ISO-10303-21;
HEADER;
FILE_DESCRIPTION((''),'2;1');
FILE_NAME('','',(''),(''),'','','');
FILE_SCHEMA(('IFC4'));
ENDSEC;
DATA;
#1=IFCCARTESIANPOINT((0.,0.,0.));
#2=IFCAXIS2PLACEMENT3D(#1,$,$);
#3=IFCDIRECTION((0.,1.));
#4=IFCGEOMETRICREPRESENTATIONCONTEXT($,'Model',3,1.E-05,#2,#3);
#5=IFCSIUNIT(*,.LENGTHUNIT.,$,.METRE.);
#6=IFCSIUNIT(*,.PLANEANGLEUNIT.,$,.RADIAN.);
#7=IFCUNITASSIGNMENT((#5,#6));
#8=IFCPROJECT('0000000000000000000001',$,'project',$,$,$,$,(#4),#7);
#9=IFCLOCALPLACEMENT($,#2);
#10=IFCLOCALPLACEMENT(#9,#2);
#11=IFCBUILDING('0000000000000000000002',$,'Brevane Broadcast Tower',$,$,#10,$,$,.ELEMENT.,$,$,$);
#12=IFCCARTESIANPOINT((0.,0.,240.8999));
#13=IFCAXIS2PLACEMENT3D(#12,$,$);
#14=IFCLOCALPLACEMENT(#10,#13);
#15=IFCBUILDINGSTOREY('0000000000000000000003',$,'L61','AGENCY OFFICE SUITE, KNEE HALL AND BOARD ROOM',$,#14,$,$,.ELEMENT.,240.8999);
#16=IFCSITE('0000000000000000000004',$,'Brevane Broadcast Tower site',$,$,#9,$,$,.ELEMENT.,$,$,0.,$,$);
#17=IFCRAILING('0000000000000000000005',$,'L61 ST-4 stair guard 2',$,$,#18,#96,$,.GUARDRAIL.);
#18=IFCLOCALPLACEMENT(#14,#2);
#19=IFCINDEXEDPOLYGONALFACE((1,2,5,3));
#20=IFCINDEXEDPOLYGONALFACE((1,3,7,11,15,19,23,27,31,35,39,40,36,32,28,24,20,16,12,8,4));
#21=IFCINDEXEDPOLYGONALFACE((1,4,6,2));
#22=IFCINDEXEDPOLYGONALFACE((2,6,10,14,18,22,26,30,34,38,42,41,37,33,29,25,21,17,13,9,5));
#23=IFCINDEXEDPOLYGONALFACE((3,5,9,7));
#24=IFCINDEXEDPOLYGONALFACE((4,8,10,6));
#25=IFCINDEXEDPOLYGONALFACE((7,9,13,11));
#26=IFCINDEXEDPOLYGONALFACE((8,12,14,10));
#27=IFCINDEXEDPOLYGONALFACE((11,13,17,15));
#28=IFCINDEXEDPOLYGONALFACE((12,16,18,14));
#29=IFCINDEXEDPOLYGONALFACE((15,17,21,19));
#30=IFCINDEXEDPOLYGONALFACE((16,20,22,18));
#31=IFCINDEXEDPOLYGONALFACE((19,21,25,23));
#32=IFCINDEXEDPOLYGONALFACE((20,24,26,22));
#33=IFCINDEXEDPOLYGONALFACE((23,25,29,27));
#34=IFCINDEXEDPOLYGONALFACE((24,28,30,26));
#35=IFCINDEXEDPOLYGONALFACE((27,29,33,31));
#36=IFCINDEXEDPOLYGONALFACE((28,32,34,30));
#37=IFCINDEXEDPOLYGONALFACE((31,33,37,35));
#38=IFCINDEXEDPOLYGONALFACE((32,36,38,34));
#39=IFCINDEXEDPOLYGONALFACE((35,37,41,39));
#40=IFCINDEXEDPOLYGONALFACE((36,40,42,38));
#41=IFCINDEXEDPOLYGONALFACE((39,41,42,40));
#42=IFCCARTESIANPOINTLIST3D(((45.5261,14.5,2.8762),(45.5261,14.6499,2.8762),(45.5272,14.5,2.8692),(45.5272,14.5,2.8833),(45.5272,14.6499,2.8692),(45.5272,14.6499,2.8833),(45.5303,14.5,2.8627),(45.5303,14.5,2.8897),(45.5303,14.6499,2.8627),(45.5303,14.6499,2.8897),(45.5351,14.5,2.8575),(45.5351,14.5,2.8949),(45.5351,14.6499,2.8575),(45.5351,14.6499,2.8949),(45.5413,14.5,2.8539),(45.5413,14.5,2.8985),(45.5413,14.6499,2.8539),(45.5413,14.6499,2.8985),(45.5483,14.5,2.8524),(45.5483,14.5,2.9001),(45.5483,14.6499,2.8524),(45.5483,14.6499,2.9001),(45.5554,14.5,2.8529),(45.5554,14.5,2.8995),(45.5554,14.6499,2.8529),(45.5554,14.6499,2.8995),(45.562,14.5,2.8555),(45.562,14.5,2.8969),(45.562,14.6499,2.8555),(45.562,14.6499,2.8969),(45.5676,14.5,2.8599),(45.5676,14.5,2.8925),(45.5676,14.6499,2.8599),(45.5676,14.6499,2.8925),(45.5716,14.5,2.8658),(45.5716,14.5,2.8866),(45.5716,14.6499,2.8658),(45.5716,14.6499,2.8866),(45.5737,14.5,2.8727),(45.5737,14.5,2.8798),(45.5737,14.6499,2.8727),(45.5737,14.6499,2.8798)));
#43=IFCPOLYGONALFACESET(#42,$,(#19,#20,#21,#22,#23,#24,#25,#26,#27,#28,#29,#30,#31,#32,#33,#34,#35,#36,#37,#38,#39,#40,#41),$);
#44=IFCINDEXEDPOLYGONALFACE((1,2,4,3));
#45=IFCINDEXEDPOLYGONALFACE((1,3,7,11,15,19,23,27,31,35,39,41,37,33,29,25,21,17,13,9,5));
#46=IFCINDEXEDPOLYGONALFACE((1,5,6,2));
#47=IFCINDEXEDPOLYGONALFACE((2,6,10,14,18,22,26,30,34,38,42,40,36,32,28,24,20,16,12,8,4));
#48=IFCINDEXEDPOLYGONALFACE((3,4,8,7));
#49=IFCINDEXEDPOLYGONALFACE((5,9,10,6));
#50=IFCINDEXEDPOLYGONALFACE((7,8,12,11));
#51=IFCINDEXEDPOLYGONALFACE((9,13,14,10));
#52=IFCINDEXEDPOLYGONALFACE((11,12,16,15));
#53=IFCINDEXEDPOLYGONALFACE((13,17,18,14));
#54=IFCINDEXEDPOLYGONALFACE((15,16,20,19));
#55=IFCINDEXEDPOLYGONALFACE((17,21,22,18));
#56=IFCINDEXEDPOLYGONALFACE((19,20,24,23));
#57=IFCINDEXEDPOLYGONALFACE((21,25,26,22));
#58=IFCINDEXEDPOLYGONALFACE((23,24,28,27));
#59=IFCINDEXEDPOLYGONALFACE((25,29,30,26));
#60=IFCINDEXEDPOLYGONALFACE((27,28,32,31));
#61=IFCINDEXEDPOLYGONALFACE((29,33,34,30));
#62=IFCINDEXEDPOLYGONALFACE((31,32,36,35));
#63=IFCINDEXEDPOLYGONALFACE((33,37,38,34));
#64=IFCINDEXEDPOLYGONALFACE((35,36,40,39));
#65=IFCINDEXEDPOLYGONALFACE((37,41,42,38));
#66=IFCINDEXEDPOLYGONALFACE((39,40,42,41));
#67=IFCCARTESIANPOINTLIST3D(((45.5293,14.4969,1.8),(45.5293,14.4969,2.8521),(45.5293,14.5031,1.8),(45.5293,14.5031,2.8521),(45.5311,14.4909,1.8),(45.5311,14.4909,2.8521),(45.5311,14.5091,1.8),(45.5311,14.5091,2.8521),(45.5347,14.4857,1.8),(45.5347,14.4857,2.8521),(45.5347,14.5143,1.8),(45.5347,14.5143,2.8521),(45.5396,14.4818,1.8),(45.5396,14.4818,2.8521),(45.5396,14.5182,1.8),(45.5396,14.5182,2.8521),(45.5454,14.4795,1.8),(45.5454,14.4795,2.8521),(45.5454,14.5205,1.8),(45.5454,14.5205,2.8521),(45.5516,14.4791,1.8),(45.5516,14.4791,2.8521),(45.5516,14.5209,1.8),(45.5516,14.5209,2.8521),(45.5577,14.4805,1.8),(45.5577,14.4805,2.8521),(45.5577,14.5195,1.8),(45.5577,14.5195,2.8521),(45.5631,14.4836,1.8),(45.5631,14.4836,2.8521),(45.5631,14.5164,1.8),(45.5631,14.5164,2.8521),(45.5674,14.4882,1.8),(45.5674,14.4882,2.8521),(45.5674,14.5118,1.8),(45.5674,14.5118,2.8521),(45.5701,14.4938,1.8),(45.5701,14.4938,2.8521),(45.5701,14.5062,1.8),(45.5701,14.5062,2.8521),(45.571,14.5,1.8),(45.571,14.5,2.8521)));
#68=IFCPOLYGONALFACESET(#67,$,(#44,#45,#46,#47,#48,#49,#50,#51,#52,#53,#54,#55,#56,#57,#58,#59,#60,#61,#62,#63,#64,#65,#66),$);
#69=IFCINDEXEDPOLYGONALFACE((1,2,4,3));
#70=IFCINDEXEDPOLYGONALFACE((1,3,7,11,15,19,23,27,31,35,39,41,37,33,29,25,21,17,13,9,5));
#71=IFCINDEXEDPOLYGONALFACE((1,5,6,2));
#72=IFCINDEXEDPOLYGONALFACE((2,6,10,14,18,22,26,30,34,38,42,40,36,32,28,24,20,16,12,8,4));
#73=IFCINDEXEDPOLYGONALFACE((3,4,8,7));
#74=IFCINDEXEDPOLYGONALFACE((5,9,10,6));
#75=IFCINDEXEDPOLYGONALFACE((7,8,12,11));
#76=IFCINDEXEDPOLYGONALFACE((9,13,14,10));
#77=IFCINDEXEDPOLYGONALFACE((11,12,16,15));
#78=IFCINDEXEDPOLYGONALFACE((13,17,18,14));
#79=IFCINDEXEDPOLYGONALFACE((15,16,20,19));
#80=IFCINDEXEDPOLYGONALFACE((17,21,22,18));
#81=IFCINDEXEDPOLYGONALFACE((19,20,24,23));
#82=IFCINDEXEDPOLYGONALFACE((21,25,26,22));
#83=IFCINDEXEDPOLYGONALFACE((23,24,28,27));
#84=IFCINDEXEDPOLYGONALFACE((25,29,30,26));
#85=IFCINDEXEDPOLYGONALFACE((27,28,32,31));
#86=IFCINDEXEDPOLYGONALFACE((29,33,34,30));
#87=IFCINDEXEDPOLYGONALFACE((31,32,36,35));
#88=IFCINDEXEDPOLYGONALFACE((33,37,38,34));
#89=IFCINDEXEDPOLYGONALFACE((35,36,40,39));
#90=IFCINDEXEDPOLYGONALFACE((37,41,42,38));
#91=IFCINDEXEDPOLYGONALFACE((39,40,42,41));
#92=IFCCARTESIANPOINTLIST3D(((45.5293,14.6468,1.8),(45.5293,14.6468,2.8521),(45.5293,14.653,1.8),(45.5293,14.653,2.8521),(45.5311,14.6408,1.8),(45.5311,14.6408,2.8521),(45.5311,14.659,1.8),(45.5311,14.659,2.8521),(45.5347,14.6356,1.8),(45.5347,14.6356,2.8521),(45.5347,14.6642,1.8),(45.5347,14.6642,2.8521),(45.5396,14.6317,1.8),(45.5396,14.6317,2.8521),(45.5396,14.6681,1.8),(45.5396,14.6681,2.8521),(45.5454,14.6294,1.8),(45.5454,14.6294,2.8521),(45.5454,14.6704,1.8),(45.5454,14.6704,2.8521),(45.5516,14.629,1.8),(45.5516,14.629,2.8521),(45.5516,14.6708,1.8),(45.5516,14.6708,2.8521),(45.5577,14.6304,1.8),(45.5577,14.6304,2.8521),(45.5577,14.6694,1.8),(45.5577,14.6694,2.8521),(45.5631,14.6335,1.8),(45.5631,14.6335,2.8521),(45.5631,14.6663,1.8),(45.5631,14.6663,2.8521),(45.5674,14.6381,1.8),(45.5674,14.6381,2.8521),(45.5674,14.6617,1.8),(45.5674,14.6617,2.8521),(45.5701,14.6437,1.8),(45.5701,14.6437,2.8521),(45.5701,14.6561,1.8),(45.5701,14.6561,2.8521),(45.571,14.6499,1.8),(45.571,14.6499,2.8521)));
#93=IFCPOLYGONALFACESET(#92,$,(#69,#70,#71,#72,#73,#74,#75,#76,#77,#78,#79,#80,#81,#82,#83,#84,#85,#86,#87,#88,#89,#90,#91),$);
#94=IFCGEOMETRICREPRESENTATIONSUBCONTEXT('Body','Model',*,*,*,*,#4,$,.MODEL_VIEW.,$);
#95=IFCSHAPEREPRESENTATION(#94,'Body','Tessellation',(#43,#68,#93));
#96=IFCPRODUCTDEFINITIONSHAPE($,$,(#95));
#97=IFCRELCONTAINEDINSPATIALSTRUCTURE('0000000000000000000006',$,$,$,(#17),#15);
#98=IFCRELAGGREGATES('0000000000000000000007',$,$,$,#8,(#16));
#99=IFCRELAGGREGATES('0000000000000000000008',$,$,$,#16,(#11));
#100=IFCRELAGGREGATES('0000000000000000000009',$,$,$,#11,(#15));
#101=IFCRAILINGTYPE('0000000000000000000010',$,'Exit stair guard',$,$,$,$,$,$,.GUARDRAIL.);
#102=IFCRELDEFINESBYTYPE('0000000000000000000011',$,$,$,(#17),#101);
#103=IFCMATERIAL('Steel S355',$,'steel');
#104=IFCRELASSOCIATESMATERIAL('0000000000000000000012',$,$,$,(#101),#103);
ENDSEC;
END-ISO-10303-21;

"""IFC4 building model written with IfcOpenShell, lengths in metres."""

from ifc_helpers import new_model, si_unit, direction, frame, origin, origin_2d, place, context, subcontext, project, spatial, circle, extrude, material, type_object, element, save


model = new_model("IFC4")

# Units and contexts
model_context = context("Model", 3, precision=1e-05, world=origin(), true_north=direction((0.0, 1.0)))
body_context = subcontext(model_context, "Body", "Model", "MODEL_VIEW")
ifc_project = project(units=[si_unit("LENGTHUNIT", "METRE"), si_unit("PLANEANGLEUNIT", "RADIAN")], contexts=[model_context])

# Site, building, storey
site_placement = place(None, origin())
site = spatial("IfcSite", under=ifc_project, at=site_placement, Name="Brevane Broadcast Tower site", CompositionType="ELEMENT", RefElevation=0.0)
building_placement = place(site_placement, origin())
building = spatial("IfcBuilding", under=site, at=building_placement, Name="Brevane Broadcast Tower", CompositionType="ELEMENT")
storey_placement = place(building_placement, frame((0.0, 0.0, 240.8999)))
storey = spatial("IfcBuildingStorey", under=building, at=storey_placement, Name="L61", Description="AGENCY OFFICE SUITE, KNEE HALL AND BOARD ROOM", CompositionType="ELEMENT", Elevation=240.8999)

# Railing
ifc_material_1 = material(Name="Steel S355", Category="steel")
railing_type_1 = type_object("IfcRailingType", Name="Exit stair guard", PredefinedType="GUARDRAIL", material=ifc_material_1)
railing_1_placement = place(storey_placement, frame((45.55, 14.5, 1.8)))
element("IfcRailing", 1, at=railing_1_placement, inside=storey, type_object=railing_type_1, Name="L61 ST-4 stair guard 2", PredefinedType="GUARDRAIL", context=body_context, shape_type="SweptSolid", body=[
    extrude(circle(Radius=0.0239, at=origin_2d()), frame((0.0, 0.0, 1.0762), z_axis=(0.0, 1.0, 0.0), x_axis=(-1.0, 0.0, 0.0)), (0.0, 0.0, 1.0), 0.1499),
    extrude(circle(Radius=0.021, at=origin_2d()), origin(), (0.0, 0.0, 1.0), 1.052),
    extrude(circle(Radius=0.021, at=origin_2d()), frame((0.0, 0.1499, 0.0)), (0.0, 0.0, 1.0), 1.052),
])

save(model, "model.ifc")
